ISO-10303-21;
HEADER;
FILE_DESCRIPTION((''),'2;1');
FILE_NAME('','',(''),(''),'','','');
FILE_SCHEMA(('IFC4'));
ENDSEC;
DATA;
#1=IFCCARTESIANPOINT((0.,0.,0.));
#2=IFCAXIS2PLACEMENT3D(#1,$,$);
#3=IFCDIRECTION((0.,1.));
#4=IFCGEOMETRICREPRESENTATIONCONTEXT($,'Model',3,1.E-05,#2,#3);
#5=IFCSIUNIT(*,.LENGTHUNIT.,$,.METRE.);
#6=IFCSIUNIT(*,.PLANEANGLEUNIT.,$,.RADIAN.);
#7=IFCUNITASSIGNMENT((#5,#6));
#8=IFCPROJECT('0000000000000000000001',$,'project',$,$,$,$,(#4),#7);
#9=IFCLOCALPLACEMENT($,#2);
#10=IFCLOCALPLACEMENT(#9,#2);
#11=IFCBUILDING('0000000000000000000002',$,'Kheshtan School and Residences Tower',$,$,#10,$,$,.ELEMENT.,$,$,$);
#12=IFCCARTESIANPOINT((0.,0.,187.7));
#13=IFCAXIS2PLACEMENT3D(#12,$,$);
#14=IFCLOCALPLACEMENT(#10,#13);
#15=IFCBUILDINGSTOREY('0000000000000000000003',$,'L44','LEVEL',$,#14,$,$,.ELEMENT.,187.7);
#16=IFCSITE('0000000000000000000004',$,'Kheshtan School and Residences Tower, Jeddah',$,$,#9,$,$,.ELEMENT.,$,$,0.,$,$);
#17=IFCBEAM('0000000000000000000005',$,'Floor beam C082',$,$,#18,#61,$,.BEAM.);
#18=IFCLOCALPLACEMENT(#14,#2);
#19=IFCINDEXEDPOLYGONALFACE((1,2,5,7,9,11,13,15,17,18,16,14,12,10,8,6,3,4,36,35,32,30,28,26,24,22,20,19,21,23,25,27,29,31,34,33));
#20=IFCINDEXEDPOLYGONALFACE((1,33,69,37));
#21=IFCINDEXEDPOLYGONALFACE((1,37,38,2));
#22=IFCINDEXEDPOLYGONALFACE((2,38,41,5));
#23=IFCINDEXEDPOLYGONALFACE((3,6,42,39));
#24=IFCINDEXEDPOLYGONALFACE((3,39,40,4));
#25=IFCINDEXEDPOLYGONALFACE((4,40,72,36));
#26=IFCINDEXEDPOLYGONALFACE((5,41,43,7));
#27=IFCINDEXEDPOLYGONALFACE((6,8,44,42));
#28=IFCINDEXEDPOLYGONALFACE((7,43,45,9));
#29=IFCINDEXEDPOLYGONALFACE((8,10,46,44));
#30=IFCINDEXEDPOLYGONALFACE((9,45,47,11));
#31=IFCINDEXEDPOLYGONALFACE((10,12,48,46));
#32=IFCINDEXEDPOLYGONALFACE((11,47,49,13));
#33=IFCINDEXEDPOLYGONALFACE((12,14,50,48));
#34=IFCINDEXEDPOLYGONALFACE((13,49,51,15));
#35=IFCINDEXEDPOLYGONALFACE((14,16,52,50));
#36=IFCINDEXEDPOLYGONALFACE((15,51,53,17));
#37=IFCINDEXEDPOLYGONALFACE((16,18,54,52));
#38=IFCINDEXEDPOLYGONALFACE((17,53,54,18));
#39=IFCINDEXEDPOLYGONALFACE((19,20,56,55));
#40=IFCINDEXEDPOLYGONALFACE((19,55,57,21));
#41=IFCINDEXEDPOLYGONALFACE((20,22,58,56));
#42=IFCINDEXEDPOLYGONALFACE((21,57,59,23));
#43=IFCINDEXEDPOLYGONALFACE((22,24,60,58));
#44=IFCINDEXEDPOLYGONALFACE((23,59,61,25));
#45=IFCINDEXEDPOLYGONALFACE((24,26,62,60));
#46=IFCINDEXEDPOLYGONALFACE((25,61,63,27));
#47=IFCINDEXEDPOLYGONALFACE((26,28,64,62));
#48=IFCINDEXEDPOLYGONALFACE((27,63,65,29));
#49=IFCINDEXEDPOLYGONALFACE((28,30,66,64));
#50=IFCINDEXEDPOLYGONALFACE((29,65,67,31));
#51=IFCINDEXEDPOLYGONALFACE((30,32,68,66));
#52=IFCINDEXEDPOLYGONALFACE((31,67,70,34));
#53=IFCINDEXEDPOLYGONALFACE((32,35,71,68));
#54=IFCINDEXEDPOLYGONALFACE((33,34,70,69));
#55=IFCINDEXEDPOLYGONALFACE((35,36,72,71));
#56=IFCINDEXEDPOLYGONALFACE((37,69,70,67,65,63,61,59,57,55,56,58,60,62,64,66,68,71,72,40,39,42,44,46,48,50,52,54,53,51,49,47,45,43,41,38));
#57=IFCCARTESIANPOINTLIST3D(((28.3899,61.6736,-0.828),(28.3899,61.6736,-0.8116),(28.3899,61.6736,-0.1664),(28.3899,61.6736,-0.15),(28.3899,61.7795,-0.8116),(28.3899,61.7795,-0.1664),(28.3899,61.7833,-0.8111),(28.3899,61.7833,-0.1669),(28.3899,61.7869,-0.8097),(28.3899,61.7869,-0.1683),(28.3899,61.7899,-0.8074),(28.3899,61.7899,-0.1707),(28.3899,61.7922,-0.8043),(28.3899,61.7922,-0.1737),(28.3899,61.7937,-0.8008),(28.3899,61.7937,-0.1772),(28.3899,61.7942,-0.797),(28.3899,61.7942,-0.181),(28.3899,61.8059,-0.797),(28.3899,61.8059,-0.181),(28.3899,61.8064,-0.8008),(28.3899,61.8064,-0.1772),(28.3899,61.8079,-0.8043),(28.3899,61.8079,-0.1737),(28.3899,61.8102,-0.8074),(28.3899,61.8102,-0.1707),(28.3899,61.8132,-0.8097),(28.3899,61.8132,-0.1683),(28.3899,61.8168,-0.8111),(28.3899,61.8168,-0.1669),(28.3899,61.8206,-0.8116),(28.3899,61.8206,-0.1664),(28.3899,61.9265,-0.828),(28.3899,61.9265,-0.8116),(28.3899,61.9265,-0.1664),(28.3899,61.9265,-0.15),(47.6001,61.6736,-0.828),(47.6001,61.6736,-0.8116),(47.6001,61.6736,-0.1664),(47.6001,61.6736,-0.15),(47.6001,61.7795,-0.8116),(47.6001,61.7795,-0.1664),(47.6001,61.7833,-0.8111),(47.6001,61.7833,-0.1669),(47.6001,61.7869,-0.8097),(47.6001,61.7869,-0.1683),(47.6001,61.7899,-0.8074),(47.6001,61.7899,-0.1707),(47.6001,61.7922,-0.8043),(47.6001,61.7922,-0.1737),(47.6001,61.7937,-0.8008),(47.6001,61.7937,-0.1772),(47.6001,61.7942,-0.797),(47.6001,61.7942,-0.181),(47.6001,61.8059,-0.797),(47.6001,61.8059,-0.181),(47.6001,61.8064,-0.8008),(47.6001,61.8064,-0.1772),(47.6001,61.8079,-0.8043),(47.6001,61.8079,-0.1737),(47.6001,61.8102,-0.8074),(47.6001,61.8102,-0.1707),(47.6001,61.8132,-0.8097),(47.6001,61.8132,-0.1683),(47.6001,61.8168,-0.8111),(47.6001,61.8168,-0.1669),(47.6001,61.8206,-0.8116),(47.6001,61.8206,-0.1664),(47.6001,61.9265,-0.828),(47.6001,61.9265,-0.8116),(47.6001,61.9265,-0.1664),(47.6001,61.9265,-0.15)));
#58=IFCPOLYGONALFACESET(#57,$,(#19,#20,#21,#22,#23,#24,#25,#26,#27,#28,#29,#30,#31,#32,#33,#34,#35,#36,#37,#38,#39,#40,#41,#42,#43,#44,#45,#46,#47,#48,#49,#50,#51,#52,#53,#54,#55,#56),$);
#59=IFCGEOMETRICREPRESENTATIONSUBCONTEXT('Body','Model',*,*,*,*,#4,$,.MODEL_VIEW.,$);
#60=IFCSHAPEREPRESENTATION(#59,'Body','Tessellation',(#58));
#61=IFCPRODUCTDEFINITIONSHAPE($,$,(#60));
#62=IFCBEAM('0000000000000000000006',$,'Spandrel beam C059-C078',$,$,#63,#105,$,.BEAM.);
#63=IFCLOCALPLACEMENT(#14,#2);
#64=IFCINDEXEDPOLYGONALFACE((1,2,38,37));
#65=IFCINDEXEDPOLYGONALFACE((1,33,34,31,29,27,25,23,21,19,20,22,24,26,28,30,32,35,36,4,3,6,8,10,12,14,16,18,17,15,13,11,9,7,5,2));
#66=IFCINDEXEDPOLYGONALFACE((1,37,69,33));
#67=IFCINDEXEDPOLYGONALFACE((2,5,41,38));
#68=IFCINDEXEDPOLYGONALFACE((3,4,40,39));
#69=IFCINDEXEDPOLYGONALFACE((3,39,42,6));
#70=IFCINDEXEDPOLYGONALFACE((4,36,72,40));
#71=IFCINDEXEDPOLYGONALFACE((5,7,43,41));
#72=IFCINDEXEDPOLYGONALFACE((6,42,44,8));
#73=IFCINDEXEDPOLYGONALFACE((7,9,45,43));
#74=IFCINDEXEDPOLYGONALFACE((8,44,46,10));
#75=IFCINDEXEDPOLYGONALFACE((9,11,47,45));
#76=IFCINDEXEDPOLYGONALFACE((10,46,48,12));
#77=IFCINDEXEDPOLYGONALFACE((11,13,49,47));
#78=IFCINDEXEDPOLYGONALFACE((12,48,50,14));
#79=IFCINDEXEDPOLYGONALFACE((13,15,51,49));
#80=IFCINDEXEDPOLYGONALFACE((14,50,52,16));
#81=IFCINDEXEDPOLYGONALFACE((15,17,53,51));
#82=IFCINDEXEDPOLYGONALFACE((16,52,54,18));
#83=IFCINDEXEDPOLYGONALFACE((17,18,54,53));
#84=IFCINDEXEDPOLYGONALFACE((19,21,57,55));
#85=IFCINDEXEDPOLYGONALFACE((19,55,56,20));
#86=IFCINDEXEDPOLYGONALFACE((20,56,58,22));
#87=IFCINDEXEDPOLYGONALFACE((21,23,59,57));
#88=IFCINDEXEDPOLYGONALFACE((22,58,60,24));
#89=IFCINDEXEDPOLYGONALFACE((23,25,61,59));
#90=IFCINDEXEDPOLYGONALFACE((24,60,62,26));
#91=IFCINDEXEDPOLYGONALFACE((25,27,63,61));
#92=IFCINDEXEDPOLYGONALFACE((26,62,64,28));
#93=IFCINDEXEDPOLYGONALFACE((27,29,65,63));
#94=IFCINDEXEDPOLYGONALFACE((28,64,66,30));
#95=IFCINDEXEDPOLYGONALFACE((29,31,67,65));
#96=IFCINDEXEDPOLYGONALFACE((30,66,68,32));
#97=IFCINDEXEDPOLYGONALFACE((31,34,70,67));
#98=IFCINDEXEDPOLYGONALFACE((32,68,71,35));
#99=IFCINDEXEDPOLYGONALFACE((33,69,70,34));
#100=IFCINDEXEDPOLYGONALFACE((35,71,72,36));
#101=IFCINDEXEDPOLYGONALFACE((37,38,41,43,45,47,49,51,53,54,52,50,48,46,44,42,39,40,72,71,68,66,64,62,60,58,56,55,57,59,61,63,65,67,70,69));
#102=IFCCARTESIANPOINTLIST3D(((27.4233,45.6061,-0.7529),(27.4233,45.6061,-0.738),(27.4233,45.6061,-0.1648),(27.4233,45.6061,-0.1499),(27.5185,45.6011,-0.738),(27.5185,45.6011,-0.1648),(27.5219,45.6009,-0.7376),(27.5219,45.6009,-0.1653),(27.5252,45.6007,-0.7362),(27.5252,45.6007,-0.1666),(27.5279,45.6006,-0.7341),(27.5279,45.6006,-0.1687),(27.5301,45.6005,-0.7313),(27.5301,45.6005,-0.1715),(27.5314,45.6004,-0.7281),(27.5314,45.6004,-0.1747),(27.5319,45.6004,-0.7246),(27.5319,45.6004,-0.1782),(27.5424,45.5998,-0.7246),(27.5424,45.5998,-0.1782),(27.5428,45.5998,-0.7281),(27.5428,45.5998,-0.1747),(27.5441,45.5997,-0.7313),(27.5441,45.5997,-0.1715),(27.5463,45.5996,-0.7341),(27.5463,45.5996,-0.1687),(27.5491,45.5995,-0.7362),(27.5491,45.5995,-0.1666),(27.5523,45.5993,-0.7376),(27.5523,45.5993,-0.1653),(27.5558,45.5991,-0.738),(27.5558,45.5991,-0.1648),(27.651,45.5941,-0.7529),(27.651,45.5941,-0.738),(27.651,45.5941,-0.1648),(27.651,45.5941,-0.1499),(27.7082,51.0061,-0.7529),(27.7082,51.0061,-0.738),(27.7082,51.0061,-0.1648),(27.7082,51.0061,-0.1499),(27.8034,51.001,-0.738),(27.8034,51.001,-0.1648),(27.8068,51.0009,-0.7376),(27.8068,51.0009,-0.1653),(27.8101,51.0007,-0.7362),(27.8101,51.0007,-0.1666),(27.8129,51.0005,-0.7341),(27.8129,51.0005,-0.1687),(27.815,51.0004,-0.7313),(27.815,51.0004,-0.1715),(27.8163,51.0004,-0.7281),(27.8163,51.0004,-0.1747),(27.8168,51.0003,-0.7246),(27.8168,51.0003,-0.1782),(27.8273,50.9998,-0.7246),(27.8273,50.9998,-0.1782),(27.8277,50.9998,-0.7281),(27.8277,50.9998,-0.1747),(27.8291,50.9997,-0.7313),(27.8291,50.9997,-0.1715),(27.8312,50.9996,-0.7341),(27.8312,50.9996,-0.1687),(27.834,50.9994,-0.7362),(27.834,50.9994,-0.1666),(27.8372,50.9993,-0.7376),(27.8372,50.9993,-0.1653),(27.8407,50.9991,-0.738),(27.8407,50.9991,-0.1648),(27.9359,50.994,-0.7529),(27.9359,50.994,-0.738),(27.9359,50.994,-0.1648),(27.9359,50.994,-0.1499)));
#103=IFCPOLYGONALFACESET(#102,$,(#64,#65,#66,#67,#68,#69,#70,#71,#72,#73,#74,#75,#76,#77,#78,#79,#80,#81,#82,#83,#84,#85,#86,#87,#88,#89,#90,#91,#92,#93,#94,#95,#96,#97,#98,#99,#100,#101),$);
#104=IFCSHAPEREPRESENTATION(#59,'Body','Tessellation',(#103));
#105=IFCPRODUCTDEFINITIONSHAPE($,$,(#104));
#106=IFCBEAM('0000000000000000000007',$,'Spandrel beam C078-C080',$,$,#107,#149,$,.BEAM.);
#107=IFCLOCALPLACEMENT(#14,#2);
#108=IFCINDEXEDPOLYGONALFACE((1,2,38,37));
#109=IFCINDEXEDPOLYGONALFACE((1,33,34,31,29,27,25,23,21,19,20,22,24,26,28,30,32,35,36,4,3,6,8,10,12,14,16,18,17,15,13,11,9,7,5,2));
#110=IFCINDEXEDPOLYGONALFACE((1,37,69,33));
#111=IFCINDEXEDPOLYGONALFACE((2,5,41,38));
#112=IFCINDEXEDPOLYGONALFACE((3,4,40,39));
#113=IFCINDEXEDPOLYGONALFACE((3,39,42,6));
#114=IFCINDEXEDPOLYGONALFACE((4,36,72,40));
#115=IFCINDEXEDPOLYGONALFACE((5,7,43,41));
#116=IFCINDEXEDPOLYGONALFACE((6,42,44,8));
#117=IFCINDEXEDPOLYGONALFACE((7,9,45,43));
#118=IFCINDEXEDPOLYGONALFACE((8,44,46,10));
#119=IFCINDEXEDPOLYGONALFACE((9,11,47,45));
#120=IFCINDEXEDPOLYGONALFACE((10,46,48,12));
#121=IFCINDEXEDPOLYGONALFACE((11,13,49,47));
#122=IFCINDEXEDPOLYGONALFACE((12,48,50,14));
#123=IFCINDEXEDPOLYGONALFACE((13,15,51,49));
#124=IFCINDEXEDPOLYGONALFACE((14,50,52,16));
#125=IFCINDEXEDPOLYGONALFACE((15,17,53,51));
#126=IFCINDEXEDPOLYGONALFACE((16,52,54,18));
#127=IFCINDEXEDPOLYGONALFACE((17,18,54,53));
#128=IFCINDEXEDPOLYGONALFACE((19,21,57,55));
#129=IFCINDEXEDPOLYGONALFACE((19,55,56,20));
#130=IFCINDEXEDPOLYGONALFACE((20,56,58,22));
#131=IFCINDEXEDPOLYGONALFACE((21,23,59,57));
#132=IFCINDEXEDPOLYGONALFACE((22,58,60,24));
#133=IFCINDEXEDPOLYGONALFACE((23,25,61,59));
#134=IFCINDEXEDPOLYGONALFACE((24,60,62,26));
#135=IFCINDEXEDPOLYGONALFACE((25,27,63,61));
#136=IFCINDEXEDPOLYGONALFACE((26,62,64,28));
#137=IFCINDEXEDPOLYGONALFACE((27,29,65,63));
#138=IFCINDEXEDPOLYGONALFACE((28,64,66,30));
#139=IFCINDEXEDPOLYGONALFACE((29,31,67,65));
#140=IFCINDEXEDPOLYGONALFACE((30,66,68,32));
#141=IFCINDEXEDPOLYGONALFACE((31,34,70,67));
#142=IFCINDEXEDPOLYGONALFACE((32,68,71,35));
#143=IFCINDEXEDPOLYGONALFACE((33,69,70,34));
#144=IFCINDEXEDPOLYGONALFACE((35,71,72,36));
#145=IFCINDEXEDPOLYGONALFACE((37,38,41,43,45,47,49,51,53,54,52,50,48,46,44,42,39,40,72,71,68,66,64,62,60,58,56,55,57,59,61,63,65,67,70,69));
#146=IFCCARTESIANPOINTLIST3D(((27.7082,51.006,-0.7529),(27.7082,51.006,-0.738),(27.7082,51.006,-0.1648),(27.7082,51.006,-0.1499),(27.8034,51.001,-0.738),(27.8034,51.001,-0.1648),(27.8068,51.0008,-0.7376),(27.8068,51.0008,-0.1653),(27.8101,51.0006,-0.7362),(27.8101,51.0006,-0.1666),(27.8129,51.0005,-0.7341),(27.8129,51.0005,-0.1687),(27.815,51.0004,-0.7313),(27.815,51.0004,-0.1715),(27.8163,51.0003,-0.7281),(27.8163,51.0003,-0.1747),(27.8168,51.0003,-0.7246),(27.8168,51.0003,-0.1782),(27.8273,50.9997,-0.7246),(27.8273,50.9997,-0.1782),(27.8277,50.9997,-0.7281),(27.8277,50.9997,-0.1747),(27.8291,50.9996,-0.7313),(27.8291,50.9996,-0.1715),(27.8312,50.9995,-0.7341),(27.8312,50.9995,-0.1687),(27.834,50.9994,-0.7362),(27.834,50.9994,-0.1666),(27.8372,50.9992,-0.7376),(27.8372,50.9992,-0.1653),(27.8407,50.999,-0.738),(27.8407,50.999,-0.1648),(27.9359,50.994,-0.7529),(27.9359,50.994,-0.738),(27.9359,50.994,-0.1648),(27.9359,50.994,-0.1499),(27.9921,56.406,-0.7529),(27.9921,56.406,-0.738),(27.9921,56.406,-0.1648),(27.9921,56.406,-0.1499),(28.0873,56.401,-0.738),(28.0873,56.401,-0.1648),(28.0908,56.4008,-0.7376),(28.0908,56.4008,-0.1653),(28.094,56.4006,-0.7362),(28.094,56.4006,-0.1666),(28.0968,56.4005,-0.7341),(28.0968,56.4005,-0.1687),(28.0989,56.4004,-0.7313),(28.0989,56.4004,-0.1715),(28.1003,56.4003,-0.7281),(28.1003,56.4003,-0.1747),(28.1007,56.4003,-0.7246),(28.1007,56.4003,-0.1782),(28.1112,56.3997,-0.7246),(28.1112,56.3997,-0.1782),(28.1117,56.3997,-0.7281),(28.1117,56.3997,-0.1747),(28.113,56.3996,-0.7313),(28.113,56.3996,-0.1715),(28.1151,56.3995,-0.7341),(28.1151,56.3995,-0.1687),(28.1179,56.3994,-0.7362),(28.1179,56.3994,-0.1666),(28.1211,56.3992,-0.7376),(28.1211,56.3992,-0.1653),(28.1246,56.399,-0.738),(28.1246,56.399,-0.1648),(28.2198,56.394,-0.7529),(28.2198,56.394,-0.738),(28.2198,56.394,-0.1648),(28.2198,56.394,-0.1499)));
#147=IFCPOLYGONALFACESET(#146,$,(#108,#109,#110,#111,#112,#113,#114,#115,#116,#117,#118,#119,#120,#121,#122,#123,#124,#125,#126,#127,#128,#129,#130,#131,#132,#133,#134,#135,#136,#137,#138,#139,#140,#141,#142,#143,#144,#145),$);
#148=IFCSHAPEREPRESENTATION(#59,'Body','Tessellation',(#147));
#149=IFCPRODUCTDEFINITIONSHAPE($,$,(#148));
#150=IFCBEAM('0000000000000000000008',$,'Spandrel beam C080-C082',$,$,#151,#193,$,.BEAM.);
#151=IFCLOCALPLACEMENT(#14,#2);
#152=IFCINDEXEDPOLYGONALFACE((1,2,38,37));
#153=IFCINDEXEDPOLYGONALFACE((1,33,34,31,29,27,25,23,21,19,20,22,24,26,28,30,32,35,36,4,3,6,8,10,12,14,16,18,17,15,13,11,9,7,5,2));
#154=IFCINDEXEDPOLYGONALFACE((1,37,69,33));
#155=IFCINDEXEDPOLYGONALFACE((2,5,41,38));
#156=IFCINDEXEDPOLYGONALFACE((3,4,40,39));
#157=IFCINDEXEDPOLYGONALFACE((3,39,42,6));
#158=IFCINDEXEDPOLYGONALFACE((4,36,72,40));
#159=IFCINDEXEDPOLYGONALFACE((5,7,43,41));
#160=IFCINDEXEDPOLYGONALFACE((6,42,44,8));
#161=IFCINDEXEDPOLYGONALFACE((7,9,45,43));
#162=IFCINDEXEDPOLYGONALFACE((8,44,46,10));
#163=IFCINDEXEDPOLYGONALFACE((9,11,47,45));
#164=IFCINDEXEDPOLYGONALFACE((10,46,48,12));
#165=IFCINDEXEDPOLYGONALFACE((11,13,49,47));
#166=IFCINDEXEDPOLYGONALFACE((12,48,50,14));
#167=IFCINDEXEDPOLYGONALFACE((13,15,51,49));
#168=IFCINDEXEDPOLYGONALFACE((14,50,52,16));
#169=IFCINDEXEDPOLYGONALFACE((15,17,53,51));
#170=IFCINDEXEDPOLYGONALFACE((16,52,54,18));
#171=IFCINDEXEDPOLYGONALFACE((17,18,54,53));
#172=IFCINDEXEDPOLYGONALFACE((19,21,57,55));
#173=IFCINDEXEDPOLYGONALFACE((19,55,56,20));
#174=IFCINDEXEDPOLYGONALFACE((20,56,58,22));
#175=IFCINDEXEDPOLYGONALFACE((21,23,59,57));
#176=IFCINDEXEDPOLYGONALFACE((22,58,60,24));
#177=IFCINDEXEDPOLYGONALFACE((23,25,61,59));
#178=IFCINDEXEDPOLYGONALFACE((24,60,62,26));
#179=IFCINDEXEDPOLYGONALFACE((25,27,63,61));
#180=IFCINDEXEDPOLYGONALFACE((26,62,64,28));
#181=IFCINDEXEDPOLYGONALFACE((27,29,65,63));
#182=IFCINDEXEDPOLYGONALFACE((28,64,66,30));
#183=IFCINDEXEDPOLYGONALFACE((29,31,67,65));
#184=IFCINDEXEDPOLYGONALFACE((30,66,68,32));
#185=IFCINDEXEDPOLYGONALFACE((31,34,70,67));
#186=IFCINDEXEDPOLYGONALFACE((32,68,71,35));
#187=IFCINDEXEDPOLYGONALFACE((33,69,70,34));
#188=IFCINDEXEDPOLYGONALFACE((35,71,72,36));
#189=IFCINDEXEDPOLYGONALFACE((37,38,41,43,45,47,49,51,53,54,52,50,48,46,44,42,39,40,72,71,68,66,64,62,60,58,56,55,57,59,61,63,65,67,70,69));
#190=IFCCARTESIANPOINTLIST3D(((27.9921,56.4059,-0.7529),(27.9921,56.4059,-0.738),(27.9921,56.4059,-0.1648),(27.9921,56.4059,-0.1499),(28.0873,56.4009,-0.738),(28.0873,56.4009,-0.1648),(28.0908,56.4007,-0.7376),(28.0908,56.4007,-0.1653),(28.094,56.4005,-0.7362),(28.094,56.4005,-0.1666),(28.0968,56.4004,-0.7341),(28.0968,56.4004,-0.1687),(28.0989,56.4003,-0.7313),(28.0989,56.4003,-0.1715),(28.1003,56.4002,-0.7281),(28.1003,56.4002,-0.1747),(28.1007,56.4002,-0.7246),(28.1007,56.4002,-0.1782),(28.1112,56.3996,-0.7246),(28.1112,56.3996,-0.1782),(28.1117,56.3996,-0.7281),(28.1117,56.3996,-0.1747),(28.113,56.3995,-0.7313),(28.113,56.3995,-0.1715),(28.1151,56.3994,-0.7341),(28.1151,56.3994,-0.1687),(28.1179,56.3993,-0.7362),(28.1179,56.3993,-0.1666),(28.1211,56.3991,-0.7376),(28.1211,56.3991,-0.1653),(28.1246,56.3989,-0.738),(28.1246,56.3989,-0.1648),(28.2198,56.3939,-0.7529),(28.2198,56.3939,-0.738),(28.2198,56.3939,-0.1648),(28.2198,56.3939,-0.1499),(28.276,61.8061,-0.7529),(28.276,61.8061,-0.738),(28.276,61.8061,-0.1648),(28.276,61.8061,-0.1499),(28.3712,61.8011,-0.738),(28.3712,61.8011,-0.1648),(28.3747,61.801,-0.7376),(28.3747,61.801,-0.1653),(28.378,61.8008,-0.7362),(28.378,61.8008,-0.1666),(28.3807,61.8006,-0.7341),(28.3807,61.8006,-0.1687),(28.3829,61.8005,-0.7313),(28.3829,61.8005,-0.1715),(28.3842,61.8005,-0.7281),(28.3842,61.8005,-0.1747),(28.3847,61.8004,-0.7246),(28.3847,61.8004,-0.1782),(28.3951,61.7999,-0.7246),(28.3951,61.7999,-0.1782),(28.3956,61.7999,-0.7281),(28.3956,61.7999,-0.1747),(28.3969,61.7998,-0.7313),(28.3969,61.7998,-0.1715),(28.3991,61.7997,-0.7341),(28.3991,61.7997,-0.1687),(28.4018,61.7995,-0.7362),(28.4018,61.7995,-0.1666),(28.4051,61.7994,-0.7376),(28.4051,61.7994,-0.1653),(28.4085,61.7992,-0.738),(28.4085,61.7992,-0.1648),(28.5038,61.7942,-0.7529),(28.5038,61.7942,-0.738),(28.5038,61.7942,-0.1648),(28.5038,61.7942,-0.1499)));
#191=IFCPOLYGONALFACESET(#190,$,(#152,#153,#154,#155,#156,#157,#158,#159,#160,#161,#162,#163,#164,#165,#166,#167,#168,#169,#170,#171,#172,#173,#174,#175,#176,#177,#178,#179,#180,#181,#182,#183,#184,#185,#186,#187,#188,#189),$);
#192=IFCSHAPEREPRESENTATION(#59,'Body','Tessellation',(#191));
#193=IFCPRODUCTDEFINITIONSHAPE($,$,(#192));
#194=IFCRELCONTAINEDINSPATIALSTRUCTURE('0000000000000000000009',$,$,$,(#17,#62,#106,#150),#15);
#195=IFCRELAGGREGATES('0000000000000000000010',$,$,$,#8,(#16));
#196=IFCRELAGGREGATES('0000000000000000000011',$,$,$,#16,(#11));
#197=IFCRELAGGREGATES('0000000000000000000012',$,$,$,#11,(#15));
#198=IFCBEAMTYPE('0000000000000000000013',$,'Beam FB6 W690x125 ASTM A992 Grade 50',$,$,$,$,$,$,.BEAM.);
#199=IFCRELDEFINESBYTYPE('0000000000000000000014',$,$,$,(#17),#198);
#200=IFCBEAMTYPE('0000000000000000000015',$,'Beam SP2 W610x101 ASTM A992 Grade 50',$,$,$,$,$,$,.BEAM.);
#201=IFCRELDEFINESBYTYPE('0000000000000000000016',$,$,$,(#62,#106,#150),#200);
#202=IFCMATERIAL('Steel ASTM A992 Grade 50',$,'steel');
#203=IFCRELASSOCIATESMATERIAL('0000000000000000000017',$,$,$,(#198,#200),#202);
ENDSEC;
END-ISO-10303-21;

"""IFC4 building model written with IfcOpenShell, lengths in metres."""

from ifc_helpers import new_model, si_unit, direction, frame, origin, origin_2d, place, context, subcontext, project, spatial, i_section, extrude, material, material_profile, profile_set, type_object, element, save


model = new_model("IFC4")

# Units and contexts
model_context = context("Model", 3, precision=1e-05, world=origin(), true_north=direction((0.0, 1.0)))
body_context = subcontext(model_context, "Body", "Model", "MODEL_VIEW")
ifc_project = project(units=[si_unit("LENGTHUNIT", "METRE"), si_unit("PLANEANGLEUNIT", "RADIAN")], contexts=[model_context])

# Site, building, storey
site_placement = place(None, origin())
site = spatial("IfcSite", under=ifc_project, at=site_placement, Name="Kheshtan School and Residences Tower, Jeddah", CompositionType="ELEMENT", RefElevation=0.0)
building_placement = place(site_placement, origin())
building = spatial("IfcBuilding", under=site, at=building_placement, Name="Kheshtan School and Residences Tower", CompositionType="ELEMENT")
storey_placement = place(building_placement, frame((0.0, 0.0, 187.7)))
storey = spatial("IfcBuildingStorey", under=building, at=storey_placement, Name="L44", Description="LEVEL", CompositionType="ELEMENT", Elevation=187.7)

# Shared definitions
ifc_material_1 = material(Name="Steel ASTM A992 Grade 50", Category="steel")

# Beams
ifc_material_profile_1 = material_profile(ifc_material_1, i_section(OverallWidth=0.2529, OverallDepth=0.678, WebThickness=0.0117, FlangeThickness=0.0164, FilletRadius=0.0146, at=origin_2d()), Name="W690x125")
ifc_profile_set_1 = profile_set([ifc_material_profile_1], Name="Steel ASTM A992 Grade 50")
beam_type_1 = type_object("IfcBeamType", Name="Beam FB6 W690x125 ASTM A992 Grade 50", PredefinedType="BEAM", material=ifc_profile_set_1)
beam_1_placement = place(storey_placement, frame((28.3899, 61.8, -0.489), z_axis=(1.0, 0.0, 0.0), x_axis=(0.0, 1.0, 0.0)))
element("IfcBeam", 1, at=beam_1_placement, inside=storey, type_object=beam_type_1, Name="Floor beam C082", PredefinedType="BEAM", context=body_context, shape_type="SweptSolid", body=[
    extrude(i_section(OverallWidth=0.2529, OverallDepth=0.678, WebThickness=0.0117, FlangeThickness=0.0164, FilletRadius=0.0146, at=origin_2d()), origin(), (0.0, 0.0, 1.0), 19.2102),
])
ifc_material_profile_2 = material_profile(ifc_material_1, i_section(OverallWidth=0.228, OverallDepth=0.603, WebThickness=0.0105, FlangeThickness=0.0149, FilletRadius=0.0134, at=origin_2d()), Name="W610x101")
ifc_profile_set_2 = profile_set([ifc_material_profile_2], Name="Steel ASTM A992 Grade 50")
beam_type_2 = type_object("IfcBeamType", Name="Beam SP2 W610x101 ASTM A992 Grade 50", PredefinedType="BEAM", material=ifc_profile_set_2)
for number, where, z_axis, x_axis, name in (
    (2, (27.5371, 45.6001, -0.4514), (0.052689, 0.998611, 0.0), (-0.998611, 0.052689, 0.0), "Spandrel beam C059-C078"),
    (3, (27.822, 51.0, -0.4514), (0.052509, 0.99862, 0.0), (-0.99862, 0.052509, 0.0), "Spandrel beam C078-C080"),
):
    element("IfcBeam", number, at=place(storey_placement, frame(where, z_axis=z_axis, x_axis=x_axis)), inside=storey, type_object=beam_type_2, Name=name, PredefinedType="BEAM", context=body_context, shape_type="SweptSolid", body=[
        extrude(i_section(OverallWidth=0.228, OverallDepth=0.603, WebThickness=0.0105, FlangeThickness=0.0149, FilletRadius=0.0134, at=origin_2d()), origin(), (0.0, 0.0, 1.0), 5.4075),
    ])
beam_2_placement = place(storey_placement, frame((28.106, 56.3999, -0.4514), z_axis=(0.052507, 0.998621, 0.0), x_axis=(-0.998621, 0.052507, 0.0)))
element("IfcBeam", 4, at=beam_2_placement, inside=storey, type_object=beam_type_2, Name="Spandrel beam C080-C082", PredefinedType="BEAM", context=body_context, shape_type="SweptSolid", body=[
    extrude(i_section(OverallWidth=0.228, OverallDepth=0.603, WebThickness=0.0105, FlangeThickness=0.0149, FilletRadius=0.0134, at=origin_2d()), origin(), (0.0, 0.0, 1.0), 5.4077),
])

save(model, "model.ifc")
